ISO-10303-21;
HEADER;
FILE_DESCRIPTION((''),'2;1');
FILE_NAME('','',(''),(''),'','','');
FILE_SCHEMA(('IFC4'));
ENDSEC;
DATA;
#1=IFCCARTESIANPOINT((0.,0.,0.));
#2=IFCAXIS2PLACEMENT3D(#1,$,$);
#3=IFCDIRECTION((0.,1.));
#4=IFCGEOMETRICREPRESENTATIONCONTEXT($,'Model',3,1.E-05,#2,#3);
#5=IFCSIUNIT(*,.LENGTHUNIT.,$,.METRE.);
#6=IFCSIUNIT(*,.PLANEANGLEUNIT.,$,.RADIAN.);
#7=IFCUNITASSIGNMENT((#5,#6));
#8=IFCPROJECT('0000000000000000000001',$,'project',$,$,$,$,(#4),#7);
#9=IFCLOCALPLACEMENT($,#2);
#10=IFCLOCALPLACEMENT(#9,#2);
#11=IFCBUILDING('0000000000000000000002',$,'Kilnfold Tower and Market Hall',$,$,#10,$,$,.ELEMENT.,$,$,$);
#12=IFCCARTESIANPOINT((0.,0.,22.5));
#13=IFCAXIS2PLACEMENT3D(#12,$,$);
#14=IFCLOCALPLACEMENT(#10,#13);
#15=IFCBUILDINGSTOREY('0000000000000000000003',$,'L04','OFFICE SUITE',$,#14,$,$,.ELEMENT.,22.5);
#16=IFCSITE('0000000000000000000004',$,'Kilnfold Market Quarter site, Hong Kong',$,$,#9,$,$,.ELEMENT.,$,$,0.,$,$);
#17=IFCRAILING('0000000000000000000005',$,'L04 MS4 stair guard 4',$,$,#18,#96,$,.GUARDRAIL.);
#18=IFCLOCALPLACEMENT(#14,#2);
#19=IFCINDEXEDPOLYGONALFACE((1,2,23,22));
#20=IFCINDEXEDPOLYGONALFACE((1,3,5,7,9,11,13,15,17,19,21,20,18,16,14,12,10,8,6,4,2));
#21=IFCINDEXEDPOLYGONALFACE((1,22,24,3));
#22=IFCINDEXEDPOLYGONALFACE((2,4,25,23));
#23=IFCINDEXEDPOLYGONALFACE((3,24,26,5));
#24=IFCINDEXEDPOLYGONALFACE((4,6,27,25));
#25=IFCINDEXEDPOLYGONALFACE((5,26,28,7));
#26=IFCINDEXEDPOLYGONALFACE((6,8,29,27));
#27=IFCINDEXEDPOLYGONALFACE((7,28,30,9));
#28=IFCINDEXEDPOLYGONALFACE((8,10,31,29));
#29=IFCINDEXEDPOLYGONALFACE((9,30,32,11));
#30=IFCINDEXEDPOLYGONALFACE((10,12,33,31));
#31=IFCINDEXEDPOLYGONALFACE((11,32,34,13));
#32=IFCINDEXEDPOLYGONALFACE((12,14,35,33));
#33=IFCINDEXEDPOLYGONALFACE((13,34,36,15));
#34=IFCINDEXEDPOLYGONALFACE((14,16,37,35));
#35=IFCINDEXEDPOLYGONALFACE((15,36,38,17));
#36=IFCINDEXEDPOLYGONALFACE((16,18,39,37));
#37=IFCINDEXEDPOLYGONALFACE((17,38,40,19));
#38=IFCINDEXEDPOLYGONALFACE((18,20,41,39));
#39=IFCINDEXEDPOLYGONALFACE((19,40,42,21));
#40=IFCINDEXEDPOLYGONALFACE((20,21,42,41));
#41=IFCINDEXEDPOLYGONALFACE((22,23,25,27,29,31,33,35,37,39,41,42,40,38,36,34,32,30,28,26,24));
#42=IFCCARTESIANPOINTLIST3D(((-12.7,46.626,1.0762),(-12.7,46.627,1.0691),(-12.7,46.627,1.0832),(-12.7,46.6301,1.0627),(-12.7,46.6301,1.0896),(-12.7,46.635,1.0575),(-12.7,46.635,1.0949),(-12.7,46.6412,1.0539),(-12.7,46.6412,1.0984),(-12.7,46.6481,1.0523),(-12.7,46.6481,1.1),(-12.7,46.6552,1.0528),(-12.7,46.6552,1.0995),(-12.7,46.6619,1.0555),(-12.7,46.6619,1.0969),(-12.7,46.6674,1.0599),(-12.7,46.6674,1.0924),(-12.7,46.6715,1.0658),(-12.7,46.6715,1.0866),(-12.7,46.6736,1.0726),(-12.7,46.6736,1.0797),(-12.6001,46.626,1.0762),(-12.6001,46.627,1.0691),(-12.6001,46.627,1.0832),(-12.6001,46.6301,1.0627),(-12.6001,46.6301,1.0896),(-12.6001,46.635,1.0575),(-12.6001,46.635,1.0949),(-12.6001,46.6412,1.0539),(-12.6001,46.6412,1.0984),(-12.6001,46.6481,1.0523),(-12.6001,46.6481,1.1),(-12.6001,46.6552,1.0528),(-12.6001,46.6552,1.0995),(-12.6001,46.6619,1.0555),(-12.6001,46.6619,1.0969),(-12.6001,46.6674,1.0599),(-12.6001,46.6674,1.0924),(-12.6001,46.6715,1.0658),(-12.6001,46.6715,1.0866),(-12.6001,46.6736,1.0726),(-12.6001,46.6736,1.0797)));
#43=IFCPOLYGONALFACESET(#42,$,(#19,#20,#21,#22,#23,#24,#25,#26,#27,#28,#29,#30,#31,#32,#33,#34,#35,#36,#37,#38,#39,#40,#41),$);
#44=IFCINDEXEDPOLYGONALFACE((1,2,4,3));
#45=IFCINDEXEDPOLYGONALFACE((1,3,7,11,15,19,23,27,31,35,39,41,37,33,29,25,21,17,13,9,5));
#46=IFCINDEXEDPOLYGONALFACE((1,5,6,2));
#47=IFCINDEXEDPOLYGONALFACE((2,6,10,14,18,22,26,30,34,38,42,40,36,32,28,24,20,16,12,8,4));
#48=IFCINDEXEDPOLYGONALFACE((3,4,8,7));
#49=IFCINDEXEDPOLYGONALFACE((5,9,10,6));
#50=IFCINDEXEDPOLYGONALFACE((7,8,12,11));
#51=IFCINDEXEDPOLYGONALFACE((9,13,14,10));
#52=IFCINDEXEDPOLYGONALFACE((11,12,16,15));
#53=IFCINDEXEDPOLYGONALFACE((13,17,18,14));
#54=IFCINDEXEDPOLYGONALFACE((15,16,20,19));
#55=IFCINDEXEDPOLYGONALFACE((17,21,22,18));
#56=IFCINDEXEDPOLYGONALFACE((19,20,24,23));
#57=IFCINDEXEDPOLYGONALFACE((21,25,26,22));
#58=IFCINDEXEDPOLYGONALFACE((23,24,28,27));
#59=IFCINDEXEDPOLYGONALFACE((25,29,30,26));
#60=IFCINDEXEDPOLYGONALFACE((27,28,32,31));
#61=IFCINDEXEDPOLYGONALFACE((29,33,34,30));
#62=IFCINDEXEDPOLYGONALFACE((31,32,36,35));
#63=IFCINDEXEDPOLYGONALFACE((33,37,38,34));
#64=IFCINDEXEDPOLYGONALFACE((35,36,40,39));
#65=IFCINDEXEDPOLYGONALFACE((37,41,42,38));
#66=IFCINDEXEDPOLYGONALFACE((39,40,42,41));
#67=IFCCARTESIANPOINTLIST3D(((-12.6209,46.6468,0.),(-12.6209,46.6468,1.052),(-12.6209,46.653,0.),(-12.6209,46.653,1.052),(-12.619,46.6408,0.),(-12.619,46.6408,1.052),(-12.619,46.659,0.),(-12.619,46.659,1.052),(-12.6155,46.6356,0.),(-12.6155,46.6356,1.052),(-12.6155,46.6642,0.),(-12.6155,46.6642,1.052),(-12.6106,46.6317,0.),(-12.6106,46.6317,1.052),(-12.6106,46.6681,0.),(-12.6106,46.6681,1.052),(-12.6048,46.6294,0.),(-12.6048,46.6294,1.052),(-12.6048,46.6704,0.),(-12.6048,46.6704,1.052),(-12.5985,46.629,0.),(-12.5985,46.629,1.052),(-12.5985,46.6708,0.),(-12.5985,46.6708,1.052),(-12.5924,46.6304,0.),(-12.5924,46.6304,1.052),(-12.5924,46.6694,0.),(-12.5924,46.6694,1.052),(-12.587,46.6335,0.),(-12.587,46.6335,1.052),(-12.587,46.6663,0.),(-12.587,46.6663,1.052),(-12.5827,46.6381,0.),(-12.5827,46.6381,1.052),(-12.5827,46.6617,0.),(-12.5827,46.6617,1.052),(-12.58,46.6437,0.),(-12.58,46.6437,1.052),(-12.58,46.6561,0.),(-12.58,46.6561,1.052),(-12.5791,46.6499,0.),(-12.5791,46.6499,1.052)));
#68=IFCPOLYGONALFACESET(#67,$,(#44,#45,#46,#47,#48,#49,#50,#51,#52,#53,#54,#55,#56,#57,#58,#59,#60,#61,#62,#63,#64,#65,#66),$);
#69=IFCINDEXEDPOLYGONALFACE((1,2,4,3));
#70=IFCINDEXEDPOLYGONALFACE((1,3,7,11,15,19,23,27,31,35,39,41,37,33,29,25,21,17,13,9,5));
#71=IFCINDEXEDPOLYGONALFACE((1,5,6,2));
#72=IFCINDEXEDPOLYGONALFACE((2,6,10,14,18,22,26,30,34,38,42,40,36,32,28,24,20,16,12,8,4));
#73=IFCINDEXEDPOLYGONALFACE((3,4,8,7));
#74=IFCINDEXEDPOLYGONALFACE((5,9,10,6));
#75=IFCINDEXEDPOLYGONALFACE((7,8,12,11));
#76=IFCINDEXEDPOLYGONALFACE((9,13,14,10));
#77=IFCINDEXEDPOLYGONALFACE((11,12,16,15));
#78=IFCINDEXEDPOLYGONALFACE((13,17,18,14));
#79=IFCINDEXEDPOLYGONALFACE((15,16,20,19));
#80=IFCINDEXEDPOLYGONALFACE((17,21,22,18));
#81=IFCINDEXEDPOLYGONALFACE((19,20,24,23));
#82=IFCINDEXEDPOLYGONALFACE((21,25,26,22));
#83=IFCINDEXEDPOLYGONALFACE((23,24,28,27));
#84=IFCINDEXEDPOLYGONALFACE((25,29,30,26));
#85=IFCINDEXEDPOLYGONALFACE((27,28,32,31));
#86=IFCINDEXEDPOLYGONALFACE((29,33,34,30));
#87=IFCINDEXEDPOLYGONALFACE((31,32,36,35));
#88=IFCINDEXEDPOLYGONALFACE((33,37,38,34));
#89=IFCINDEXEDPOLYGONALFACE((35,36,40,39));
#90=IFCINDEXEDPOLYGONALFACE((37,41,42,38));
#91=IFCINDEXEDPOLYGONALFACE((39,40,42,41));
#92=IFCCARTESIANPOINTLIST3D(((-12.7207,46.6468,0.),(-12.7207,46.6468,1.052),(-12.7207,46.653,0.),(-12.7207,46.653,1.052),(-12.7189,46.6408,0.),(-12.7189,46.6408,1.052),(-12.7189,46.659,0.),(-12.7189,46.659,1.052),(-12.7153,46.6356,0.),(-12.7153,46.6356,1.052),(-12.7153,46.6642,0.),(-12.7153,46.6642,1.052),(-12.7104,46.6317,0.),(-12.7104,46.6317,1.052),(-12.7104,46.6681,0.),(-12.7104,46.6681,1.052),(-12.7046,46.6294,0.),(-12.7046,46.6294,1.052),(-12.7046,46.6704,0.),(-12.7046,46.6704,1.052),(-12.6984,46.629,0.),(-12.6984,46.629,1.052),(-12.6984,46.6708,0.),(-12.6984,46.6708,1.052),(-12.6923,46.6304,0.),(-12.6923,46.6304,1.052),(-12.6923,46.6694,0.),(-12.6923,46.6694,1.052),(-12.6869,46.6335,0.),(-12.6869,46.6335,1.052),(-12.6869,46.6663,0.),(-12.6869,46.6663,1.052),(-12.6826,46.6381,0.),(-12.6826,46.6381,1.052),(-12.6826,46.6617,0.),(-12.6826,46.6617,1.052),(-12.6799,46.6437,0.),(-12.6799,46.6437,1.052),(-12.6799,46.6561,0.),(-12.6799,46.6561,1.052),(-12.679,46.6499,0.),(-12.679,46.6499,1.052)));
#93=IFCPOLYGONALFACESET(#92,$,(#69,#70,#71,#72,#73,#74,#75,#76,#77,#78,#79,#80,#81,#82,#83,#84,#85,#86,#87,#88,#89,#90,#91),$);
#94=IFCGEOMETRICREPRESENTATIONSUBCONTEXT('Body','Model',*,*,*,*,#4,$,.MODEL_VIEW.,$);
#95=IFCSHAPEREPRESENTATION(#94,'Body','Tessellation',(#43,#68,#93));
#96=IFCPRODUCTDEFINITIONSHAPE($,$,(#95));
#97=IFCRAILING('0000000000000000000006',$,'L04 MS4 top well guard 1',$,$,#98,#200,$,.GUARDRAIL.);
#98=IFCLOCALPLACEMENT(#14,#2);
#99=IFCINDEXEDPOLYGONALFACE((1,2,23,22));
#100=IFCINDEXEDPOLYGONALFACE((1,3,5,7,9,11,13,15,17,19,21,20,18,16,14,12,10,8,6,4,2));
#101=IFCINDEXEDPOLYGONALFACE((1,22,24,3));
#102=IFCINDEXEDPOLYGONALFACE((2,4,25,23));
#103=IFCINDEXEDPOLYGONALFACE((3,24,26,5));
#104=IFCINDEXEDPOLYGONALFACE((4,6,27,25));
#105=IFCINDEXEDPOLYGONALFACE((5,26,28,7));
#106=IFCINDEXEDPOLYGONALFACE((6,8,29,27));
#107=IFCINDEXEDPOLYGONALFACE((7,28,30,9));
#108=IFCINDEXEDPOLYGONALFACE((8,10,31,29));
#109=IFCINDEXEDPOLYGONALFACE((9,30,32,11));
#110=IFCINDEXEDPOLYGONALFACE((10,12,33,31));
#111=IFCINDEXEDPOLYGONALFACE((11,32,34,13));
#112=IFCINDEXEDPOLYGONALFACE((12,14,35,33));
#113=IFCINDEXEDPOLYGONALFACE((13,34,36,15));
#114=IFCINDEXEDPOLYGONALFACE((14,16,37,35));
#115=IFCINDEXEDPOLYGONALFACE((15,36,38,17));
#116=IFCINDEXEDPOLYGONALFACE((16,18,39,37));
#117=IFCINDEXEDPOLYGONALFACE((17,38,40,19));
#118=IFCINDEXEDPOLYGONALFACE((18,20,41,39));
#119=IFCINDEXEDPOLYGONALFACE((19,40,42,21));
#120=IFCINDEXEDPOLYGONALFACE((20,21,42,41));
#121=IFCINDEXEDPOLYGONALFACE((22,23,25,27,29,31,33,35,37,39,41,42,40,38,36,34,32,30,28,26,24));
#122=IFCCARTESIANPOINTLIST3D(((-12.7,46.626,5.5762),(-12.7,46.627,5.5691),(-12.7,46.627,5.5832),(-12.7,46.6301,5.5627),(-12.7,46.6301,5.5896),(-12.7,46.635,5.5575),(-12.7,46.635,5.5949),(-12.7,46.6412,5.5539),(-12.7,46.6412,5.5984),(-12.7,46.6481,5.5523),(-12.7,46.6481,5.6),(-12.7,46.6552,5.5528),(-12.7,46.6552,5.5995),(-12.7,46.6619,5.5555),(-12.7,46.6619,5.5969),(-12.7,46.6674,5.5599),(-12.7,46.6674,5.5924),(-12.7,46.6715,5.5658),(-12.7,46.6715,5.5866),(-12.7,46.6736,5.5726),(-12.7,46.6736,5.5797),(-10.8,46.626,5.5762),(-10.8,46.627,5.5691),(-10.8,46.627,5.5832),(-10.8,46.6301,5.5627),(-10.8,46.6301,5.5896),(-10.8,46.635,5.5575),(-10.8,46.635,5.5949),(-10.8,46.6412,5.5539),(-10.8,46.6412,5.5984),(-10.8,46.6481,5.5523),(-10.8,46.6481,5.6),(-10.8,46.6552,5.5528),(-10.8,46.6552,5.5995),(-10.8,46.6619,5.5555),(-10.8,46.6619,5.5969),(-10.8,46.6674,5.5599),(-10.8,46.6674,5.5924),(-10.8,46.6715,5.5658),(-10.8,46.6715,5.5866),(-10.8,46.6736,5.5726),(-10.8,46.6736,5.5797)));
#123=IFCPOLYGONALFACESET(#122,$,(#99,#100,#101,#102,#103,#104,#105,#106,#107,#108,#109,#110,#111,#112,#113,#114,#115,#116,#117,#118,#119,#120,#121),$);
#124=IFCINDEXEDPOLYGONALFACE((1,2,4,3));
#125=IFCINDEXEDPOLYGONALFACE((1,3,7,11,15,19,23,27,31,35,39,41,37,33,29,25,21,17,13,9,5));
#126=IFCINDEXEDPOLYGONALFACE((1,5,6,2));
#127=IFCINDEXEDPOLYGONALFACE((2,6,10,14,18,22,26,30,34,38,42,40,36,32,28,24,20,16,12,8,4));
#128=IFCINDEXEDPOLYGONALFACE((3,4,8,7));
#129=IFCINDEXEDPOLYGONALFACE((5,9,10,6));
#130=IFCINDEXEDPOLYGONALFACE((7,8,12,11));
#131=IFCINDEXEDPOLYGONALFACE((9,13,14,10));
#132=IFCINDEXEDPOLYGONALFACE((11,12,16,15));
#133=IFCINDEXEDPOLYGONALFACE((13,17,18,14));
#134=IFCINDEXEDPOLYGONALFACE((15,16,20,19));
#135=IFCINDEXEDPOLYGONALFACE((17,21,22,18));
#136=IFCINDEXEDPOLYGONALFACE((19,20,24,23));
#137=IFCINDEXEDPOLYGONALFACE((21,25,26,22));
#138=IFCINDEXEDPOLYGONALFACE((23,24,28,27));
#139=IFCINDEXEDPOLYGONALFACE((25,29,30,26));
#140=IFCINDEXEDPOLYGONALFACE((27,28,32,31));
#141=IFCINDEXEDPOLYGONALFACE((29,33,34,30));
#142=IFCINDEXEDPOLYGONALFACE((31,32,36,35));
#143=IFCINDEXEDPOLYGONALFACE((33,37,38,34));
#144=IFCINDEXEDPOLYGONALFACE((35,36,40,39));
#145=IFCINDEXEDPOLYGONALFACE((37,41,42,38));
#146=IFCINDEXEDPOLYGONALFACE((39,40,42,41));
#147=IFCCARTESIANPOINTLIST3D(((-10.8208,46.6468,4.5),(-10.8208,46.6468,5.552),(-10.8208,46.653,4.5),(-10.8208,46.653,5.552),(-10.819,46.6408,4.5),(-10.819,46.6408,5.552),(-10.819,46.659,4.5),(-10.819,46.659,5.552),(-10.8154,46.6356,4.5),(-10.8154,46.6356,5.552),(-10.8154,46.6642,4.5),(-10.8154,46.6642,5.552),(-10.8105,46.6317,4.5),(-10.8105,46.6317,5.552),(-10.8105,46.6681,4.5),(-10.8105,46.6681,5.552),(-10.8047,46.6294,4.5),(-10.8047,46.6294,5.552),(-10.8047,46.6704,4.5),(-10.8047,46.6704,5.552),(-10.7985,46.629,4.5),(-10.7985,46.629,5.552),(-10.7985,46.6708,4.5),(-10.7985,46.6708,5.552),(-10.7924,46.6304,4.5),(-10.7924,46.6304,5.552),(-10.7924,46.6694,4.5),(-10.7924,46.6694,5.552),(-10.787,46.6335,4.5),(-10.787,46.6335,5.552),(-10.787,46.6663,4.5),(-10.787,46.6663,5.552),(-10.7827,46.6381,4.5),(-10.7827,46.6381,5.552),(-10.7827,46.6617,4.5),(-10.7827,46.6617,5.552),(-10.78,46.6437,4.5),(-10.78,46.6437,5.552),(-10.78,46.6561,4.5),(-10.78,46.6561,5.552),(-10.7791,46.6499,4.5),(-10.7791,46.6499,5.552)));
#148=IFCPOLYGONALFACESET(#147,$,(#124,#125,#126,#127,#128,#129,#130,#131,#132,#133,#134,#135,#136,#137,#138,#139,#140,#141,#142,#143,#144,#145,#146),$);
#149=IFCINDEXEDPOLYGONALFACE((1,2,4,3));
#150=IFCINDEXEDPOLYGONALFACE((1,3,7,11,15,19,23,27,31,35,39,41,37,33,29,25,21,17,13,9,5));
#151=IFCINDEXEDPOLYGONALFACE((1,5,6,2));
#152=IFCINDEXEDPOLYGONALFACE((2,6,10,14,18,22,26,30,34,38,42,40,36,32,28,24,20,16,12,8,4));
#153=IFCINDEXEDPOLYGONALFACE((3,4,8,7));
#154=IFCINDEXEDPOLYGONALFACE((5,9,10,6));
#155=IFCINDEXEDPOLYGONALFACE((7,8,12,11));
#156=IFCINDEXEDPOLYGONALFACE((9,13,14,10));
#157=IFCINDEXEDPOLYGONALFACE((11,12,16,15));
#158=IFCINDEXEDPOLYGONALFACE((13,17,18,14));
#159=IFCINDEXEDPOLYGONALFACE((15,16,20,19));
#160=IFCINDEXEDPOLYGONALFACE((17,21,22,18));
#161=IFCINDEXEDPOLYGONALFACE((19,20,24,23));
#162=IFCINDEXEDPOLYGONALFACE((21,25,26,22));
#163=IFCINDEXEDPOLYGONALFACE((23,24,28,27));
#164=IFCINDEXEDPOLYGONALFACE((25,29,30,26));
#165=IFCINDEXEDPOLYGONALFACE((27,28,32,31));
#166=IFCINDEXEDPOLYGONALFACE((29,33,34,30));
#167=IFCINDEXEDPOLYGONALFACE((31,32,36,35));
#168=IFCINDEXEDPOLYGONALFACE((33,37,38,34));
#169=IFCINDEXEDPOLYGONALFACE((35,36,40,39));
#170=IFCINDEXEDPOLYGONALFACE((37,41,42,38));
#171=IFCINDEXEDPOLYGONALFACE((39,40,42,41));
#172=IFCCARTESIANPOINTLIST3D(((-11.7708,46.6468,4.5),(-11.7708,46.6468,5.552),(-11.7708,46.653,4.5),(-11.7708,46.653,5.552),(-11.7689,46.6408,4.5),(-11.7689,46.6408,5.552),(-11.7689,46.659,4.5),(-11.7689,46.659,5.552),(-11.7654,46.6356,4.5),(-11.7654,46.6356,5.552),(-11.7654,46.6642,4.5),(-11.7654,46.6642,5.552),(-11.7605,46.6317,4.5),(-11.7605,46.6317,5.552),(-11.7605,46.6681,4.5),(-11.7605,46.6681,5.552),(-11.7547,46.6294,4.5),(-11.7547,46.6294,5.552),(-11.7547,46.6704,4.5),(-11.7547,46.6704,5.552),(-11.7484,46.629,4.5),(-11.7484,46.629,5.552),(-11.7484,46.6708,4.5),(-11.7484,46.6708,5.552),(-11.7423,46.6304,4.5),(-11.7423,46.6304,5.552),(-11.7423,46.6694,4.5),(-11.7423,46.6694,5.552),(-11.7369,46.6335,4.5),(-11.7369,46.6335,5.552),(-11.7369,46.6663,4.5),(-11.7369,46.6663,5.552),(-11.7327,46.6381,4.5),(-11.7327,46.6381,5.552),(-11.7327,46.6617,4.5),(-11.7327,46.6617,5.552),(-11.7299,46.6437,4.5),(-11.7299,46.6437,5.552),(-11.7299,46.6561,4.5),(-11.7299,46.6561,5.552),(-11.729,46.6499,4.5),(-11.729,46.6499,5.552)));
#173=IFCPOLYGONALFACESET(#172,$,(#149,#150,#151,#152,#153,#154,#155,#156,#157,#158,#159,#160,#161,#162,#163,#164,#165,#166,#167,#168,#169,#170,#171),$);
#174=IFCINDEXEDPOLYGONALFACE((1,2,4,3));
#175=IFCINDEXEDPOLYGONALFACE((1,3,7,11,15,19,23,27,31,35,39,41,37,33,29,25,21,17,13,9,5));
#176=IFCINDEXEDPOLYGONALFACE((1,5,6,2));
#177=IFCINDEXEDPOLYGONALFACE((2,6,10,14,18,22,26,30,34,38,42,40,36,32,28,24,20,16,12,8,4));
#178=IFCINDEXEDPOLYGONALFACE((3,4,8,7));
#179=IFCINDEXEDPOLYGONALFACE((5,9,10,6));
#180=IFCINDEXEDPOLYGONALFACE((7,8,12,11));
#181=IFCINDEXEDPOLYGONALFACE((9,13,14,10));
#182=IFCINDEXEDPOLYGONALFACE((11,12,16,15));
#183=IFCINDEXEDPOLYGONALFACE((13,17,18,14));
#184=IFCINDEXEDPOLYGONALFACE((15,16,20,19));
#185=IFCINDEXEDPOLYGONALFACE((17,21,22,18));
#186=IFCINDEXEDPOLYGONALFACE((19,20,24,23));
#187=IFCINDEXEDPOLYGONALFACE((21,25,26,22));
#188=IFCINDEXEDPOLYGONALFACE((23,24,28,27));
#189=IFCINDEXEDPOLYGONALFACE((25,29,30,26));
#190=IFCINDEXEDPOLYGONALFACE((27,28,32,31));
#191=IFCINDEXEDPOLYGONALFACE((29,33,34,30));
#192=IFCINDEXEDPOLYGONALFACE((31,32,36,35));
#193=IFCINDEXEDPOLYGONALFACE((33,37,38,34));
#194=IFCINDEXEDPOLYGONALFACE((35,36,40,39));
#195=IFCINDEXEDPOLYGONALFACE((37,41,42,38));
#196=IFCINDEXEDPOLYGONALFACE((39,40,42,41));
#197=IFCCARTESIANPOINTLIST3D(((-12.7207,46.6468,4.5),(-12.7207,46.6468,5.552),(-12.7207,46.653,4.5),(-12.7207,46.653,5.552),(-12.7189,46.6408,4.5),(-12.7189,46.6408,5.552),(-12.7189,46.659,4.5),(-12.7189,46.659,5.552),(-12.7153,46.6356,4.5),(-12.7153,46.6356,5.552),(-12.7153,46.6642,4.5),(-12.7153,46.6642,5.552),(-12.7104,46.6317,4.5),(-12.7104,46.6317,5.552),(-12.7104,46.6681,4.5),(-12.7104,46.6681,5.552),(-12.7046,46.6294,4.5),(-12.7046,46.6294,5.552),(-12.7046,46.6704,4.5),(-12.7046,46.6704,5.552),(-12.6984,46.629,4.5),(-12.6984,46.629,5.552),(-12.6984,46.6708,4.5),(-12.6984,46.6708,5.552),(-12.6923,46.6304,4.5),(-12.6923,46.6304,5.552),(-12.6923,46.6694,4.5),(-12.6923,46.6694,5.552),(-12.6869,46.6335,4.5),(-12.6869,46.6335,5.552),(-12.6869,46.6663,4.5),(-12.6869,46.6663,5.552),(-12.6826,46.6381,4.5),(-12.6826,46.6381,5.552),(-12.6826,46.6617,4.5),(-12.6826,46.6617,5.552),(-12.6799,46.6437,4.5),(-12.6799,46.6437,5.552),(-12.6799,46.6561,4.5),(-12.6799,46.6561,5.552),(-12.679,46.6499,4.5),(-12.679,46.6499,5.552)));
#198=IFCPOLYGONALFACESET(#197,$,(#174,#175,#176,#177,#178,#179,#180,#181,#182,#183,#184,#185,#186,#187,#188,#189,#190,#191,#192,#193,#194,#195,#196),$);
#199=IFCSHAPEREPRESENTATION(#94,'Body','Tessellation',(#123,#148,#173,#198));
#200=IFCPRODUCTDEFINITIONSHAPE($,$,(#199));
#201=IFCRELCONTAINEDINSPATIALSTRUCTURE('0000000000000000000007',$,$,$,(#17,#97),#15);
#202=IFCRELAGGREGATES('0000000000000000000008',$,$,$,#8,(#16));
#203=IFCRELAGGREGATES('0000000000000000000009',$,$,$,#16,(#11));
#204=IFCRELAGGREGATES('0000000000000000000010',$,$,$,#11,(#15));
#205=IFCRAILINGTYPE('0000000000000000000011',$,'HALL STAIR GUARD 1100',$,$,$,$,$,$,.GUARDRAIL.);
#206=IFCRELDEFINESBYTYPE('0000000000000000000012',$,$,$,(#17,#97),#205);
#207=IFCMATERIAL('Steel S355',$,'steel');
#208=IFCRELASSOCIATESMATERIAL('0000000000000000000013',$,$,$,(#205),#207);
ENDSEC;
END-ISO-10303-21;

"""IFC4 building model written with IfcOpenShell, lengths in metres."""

from ifc_helpers import new_model, si_unit, direction, frame, origin, origin_2d, place, context, subcontext, project, spatial, circle, extrude, material, type_object, element, save


model = new_model("IFC4")

# Units and contexts
model_context = context("Model", 3, precision=1e-05, world=origin(), true_north=direction((0.0, 1.0)))
body_context = subcontext(model_context, "Body", "Model", "MODEL_VIEW")
ifc_project = project(units=[si_unit("LENGTHUNIT", "METRE"), si_unit("PLANEANGLEUNIT", "RADIAN")], contexts=[model_context])

# Site, building, storey
site_placement = place(None, origin())
site = spatial("IfcSite", under=ifc_project, at=site_placement, Name="Kilnfold Market Quarter site, Hong Kong", CompositionType="ELEMENT", RefElevation=0.0)
building_placement = place(site_placement, origin())
building = spatial("IfcBuilding", under=site, at=building_placement, Name="Kilnfold Tower and Market Hall", CompositionType="ELEMENT")
storey_placement = place(building_placement, frame((0.0, 0.0, 22.5)))
storey = spatial("IfcBuildingStorey", under=building, at=storey_placement, Name="L04", Description="OFFICE SUITE", CompositionType="ELEMENT", Elevation=22.5)

# Railings
ifc_material_1 = material(Name="Steel S355", Category="steel")
railing_type_1 = type_object("IfcRailingType", Name="HALL STAIR GUARD 1100", PredefinedType="GUARDRAIL", material=ifc_material_1)
railing_1_placement = place(storey_placement, frame((-12.6001, 46.6499, 0.0)))
element("IfcRailing", 1, at=railing_1_placement, inside=storey, type_object=railing_type_1, Name="L04 MS4 stair guard 4", PredefinedType="GUARDRAIL", context=body_context, shape_type="SweptSolid", body=[
    extrude(circle(Radius=0.0239, at=origin_2d()), frame((0.0, 0.0, 1.0762), z_axis=(-1.0, 0.0, 0.0), x_axis=(0.0, -1.0, 0.0)), (0.0, 0.0, 1.0), 0.0999),
    extrude(circle(Radius=0.021, at=origin_2d()), origin(), (0.0, 0.0, 1.0), 1.052),
    extrude(circle(Radius=0.021, at=origin_2d()), frame((-0.0999, 0.0, 0.0)), (0.0, 0.0, 1.0), 1.052),
])
railing_2_placement = place(storey_placement, frame((-10.8, 46.6499, 4.5)))
element("IfcRailing", 2, at=railing_2_placement, inside=storey, type_object=railing_type_1, Name="L04 MS4 top well guard 1", PredefinedType="GUARDRAIL", context=body_context, shape_type="SweptSolid", body=[
    extrude(circle(Radius=0.0239, at=origin_2d()), frame((0.0, 0.0, 1.0762), z_axis=(-1.0, 0.0, 0.0), x_axis=(0.0, -1.0, 0.0)), (0.0, 0.0, 1.0), 1.8999),
    extrude(circle(Radius=0.021, at=origin_2d()), origin(), (0.0, 0.0, 1.0), 1.052),
    extrude(circle(Radius=0.021, at=origin_2d()), frame((-0.95, 0.0, 0.0)), (0.0, 0.0, 1.0), 1.052),
    extrude(circle(Radius=0.021, at=origin_2d()), frame((-1.8999, 0.0, 0.0)), (0.0, 0.0, 1.0), 1.052),
])

save(model, "model.ifc")
